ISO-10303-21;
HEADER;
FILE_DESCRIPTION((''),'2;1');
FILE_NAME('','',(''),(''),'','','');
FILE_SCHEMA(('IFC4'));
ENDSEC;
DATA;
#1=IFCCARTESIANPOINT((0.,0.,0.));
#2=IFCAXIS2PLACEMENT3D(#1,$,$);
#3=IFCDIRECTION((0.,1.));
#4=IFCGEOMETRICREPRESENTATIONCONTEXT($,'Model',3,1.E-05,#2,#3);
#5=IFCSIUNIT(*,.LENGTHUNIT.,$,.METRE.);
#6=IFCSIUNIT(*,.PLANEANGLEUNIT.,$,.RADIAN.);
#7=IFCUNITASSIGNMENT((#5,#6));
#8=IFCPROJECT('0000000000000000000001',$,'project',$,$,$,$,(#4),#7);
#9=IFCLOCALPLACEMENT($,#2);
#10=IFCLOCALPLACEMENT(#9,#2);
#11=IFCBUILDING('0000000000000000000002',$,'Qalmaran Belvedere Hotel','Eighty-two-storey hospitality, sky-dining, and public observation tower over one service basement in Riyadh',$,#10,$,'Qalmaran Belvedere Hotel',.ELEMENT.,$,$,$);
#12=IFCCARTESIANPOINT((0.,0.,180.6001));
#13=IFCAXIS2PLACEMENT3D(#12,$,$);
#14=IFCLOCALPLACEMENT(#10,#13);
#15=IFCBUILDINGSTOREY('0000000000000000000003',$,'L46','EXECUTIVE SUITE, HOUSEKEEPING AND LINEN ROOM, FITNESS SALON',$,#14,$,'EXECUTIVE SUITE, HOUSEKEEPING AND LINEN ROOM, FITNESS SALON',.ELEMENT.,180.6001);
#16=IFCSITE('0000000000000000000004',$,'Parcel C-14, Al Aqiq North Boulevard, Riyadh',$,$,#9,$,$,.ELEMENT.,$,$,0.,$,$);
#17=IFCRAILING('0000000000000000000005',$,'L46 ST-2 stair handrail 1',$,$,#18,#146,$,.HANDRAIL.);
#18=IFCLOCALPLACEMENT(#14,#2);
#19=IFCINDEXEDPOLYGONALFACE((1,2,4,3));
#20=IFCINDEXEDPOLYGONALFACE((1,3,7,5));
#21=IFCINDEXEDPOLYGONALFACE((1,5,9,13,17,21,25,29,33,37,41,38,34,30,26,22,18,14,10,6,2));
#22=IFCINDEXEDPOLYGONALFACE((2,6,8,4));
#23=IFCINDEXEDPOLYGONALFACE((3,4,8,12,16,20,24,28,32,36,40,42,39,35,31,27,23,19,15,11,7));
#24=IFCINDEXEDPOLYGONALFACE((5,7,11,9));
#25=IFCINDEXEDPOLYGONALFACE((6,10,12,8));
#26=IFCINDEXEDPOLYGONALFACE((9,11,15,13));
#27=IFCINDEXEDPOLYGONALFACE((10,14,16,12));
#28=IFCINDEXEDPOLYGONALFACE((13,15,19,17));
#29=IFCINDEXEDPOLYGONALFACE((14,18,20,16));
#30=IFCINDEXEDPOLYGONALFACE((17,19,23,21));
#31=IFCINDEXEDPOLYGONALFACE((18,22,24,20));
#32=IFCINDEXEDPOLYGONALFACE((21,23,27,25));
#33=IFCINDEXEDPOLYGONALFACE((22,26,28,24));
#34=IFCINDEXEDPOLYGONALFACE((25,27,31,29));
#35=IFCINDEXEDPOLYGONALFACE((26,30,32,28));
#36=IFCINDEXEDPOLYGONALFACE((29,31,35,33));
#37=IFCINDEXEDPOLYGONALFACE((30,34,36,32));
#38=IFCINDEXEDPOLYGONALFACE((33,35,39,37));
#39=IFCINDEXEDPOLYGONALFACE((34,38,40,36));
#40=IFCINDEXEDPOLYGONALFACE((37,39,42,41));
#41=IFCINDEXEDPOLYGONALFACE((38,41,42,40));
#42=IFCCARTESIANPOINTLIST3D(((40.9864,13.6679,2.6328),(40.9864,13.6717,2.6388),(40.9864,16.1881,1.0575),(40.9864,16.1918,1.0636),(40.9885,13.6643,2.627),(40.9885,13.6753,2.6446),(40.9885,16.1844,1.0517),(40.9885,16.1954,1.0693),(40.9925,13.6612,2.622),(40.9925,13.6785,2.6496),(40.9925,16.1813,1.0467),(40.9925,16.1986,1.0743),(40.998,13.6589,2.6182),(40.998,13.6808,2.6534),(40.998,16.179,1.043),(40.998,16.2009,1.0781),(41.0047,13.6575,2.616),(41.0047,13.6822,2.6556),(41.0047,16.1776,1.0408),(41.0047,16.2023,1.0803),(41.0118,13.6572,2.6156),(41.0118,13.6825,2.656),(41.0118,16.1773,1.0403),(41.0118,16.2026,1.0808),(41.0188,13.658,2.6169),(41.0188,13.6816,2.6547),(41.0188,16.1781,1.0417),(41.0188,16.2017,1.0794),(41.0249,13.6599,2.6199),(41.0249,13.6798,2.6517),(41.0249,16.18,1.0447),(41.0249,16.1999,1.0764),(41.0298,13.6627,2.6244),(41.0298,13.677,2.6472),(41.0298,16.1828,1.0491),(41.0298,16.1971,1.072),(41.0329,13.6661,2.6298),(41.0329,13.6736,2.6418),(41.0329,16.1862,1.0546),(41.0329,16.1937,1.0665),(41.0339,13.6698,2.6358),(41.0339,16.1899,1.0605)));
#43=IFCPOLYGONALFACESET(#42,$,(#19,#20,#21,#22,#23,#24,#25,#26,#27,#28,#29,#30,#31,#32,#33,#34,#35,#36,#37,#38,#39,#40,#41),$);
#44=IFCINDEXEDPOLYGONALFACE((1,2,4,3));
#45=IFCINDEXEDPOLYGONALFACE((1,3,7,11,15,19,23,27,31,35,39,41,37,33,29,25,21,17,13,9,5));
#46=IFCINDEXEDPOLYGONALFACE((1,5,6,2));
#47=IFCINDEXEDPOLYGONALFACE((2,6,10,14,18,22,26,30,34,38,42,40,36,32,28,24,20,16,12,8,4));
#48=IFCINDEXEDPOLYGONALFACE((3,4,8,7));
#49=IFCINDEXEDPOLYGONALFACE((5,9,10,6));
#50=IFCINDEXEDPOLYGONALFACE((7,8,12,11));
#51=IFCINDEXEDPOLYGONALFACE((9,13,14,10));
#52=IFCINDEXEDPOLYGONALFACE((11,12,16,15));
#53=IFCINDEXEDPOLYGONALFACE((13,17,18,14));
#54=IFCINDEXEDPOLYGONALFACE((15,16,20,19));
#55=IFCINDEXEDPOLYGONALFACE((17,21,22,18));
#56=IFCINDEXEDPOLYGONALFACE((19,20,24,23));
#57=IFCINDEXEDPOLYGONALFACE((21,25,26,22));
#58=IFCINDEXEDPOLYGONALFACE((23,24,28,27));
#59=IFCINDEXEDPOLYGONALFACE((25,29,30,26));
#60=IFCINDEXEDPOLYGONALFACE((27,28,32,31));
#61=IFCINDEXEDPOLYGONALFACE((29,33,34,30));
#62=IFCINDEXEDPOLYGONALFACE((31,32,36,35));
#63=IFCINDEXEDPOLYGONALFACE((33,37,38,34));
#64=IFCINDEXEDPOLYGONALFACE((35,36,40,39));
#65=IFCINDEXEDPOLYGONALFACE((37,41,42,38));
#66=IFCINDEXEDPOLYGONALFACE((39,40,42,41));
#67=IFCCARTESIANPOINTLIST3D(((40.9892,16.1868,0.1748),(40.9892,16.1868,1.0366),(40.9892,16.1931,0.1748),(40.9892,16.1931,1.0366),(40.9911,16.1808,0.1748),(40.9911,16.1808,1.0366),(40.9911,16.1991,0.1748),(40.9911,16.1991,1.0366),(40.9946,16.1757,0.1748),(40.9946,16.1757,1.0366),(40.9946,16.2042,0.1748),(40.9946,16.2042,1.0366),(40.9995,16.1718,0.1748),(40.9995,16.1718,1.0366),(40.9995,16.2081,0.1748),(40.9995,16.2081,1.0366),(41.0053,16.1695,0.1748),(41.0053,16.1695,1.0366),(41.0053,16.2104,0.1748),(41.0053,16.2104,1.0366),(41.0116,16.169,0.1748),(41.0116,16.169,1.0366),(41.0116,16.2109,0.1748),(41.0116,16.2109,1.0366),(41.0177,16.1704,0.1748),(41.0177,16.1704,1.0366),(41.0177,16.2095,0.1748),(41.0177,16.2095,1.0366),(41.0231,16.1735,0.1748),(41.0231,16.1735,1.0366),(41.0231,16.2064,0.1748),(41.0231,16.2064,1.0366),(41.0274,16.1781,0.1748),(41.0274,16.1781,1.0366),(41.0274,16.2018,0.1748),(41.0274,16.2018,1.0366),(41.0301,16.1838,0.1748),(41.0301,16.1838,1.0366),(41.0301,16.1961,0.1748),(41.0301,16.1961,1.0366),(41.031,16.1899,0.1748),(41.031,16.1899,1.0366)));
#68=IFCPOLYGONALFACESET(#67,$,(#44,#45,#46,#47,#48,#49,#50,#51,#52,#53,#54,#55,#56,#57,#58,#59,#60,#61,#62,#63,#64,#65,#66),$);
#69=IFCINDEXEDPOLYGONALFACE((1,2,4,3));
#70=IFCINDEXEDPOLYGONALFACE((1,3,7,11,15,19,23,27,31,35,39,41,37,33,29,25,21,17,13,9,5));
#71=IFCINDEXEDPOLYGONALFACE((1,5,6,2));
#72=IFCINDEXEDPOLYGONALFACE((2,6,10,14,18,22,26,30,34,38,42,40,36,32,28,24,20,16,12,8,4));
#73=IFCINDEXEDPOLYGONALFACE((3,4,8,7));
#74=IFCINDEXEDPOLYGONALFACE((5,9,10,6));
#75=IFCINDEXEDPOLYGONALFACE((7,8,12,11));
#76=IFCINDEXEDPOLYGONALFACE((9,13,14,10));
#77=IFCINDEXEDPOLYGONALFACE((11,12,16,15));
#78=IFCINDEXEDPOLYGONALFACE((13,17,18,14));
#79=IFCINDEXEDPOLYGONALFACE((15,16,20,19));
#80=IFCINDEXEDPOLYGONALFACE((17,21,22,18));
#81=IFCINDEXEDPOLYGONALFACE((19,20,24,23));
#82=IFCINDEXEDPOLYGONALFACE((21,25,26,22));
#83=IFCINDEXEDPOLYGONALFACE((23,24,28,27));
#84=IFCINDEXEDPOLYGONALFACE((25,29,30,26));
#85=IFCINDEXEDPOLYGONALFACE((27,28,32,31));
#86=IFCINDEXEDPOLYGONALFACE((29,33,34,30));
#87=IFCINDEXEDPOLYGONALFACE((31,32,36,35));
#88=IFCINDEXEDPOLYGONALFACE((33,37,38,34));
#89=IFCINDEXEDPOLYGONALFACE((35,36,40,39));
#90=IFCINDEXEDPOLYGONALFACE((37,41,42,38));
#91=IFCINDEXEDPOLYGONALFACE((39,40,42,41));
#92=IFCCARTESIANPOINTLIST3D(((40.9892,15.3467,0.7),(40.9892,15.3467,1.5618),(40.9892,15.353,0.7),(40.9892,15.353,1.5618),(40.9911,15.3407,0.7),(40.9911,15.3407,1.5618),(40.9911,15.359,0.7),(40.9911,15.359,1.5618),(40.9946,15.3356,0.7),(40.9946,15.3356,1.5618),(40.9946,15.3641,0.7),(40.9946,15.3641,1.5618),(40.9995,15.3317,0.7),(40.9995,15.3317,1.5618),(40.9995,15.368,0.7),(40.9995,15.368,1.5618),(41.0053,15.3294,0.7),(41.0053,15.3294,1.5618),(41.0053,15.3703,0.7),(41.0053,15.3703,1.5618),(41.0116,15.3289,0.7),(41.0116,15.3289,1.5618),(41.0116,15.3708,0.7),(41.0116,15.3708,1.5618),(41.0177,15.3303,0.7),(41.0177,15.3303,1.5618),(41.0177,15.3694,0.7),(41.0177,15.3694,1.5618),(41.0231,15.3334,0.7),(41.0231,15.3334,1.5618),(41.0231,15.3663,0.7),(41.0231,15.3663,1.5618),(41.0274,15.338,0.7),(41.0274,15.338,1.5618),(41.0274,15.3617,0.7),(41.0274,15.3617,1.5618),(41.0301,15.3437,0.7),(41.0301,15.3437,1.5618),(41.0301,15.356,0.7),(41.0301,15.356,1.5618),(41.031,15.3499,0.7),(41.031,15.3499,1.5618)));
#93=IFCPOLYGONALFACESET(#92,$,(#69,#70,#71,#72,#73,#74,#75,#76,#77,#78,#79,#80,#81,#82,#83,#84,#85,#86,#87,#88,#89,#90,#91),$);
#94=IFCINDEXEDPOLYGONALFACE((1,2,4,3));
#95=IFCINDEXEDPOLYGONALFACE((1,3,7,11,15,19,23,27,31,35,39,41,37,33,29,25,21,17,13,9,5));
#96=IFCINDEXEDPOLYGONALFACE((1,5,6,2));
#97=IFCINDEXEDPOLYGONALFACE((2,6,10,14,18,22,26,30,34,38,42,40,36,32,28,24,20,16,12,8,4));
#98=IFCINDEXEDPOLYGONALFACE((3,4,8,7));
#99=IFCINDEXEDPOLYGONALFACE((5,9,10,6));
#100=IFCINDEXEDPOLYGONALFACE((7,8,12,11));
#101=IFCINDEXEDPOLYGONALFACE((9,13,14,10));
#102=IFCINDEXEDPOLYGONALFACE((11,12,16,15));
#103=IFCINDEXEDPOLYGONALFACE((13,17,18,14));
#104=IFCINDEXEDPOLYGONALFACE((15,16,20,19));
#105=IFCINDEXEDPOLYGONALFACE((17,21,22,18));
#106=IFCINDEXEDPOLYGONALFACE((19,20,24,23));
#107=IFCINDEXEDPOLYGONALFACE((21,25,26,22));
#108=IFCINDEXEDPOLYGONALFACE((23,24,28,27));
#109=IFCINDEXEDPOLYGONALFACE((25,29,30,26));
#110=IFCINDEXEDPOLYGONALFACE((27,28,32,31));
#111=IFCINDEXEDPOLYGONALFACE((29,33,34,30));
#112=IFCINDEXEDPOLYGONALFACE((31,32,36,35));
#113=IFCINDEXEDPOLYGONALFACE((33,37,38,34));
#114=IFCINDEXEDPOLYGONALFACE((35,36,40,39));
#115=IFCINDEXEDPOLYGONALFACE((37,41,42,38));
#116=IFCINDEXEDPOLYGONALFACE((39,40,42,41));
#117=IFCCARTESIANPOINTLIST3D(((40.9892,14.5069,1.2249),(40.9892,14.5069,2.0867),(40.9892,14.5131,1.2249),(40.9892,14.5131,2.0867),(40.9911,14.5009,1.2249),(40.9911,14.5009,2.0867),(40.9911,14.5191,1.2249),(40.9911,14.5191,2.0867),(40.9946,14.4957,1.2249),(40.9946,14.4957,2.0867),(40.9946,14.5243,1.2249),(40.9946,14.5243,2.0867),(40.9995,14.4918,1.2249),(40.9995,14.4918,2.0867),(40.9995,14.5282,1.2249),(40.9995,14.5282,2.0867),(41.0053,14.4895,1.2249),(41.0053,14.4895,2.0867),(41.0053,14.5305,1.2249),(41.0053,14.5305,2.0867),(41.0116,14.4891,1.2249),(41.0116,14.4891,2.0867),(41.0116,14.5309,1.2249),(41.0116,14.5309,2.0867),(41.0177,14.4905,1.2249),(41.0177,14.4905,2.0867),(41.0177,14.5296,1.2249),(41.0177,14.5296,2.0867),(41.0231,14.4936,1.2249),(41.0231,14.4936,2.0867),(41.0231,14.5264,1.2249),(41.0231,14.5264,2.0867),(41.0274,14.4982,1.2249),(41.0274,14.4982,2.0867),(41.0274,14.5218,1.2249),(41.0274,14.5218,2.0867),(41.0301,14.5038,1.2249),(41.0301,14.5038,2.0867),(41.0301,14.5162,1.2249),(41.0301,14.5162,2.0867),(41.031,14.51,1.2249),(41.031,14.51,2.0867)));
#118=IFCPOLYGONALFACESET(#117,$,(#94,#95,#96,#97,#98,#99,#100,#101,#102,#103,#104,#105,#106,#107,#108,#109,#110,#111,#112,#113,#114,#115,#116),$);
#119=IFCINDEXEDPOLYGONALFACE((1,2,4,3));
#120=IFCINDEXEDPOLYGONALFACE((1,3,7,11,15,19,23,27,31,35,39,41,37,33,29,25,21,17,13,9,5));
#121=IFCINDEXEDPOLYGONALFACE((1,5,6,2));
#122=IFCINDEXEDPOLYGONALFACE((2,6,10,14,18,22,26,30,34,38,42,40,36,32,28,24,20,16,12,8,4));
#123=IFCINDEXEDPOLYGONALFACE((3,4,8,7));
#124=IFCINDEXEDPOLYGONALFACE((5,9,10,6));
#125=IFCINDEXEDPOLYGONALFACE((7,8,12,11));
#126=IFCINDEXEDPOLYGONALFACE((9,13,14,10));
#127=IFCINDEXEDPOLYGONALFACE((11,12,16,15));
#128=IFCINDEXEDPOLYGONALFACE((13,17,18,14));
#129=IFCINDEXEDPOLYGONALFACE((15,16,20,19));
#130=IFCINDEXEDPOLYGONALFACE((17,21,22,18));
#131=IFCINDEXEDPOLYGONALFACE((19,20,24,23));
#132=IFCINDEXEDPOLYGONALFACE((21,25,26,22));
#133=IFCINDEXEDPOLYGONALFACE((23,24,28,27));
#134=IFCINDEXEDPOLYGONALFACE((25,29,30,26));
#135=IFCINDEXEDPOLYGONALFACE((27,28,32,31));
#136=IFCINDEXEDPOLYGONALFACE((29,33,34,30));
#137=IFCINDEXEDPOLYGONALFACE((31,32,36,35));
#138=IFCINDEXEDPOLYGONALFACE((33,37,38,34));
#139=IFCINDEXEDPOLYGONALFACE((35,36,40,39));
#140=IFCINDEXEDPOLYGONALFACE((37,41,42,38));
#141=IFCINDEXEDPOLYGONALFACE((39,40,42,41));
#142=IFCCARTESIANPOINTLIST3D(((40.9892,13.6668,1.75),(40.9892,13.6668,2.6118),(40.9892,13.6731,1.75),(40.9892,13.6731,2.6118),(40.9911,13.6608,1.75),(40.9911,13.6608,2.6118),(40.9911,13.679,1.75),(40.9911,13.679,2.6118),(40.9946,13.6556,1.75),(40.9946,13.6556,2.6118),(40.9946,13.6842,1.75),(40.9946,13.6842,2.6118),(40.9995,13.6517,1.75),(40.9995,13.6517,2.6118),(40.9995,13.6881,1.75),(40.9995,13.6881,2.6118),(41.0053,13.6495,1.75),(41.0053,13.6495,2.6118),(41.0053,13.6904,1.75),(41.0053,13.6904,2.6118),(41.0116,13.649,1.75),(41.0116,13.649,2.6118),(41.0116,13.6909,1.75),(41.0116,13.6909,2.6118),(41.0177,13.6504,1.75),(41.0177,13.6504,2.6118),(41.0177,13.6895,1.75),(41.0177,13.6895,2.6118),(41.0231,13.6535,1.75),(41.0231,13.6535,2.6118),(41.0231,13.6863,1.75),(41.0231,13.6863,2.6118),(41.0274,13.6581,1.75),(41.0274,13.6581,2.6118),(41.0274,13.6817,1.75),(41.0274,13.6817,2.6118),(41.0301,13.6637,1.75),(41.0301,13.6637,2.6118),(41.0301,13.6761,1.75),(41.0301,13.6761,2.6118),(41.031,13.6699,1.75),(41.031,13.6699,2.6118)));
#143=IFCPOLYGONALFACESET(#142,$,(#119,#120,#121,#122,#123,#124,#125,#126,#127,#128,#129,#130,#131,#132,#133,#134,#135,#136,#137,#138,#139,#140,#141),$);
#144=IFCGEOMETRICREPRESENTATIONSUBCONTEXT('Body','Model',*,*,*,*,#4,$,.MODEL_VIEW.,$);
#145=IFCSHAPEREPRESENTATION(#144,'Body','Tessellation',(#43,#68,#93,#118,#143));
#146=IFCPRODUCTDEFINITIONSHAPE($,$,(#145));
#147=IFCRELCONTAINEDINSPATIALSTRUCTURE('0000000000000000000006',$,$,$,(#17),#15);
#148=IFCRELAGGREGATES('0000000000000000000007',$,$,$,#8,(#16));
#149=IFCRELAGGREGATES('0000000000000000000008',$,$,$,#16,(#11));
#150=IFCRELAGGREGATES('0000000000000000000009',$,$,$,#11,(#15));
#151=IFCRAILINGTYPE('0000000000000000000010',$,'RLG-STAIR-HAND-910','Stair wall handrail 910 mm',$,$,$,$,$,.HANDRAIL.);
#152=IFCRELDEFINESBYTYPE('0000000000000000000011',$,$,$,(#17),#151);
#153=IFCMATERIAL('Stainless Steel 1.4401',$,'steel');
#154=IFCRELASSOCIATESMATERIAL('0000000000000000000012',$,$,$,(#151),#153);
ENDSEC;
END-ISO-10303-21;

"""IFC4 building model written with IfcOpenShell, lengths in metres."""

from ifc_helpers import new_model, si_unit, direction, frame, origin, origin_2d, place, context, subcontext, project, spatial, circle, extrude, material, type_object, element, save


model = new_model("IFC4")

# Units and contexts
model_context = context("Model", 3, precision=1e-05, world=origin(), true_north=direction((0.0, 1.0)))
body_context = subcontext(model_context, "Body", "Model", "MODEL_VIEW")
ifc_project = project(units=[si_unit("LENGTHUNIT", "METRE"), si_unit("PLANEANGLEUNIT", "RADIAN")], contexts=[model_context])

# Site, building, storey
site_placement = place(None, origin())
site = spatial("IfcSite", under=ifc_project, at=site_placement, Name="Parcel C-14, Al Aqiq North Boulevard, Riyadh", CompositionType="ELEMENT", RefElevation=0.0)
building_placement = place(site_placement, origin())
building = spatial("IfcBuilding", under=site, at=building_placement, Name="Qalmaran Belvedere Hotel", Description="Eighty-two-storey hospitality, sky-dining, and public observation tower over one service basement in Riyadh", LongName="Qalmaran Belvedere Hotel", CompositionType="ELEMENT")
storey_placement = place(building_placement, frame((0.0, 0.0, 180.6001)))
storey = spatial("IfcBuildingStorey", under=building, at=storey_placement, Name="L46", Description="EXECUTIVE SUITE, HOUSEKEEPING AND LINEN ROOM, FITNESS SALON", LongName="EXECUTIVE SUITE, HOUSEKEEPING AND LINEN ROOM, FITNESS SALON", CompositionType="ELEMENT", Elevation=180.6001)

# Shared definitions
ifc_material_1 = material(Name="Stainless Steel 1.4401", Category="steel")

# Railing
railing_type = type_object("IfcRailingType", Name="RLG-STAIR-HAND-910", Description="Stair wall handrail 910 mm", PredefinedType="HANDRAIL", material=ifc_material_1)
railing_placement = place(storey_placement, frame((41.01, 16.1899, 0.1748)))
element("IfcRailing", 1, at=railing_placement, inside=storey, type_object=railing_type, Name="L46 ST-2 stair handrail 1", PredefinedType="HANDRAIL", context=body_context, shape_type="SweptSolid", body=[
    extrude(circle(Radius=0.0239, at=origin_2d()), frame((0.0, 0.0, 0.8857), z_axis=(0.0, -0.847971, 0.530043), x_axis=(1.0, 0.0, 0.0)), (0.0, 0.0, 1.0), 2.9719),
    extrude(circle(Radius=0.021, at=origin_2d()), origin(), (0.0, 0.0, 1.0), 0.8618),
    extrude(circle(Radius=0.021, at=origin_2d()), frame((0.0, -0.8401, 0.5251)), (0.0, 0.0, 1.0), 0.8618),
    extrude(circle(Radius=0.021, at=origin_2d()), frame((0.0, -1.6799, 1.05)), (0.0, 0.0, 1.0), 0.8618),
    extrude(circle(Radius=0.021, at=origin_2d()), frame((0.0, -2.52, 1.5752)), (0.0, 0.0, 1.0), 0.8618),
])

save(model, "model.ifc")
